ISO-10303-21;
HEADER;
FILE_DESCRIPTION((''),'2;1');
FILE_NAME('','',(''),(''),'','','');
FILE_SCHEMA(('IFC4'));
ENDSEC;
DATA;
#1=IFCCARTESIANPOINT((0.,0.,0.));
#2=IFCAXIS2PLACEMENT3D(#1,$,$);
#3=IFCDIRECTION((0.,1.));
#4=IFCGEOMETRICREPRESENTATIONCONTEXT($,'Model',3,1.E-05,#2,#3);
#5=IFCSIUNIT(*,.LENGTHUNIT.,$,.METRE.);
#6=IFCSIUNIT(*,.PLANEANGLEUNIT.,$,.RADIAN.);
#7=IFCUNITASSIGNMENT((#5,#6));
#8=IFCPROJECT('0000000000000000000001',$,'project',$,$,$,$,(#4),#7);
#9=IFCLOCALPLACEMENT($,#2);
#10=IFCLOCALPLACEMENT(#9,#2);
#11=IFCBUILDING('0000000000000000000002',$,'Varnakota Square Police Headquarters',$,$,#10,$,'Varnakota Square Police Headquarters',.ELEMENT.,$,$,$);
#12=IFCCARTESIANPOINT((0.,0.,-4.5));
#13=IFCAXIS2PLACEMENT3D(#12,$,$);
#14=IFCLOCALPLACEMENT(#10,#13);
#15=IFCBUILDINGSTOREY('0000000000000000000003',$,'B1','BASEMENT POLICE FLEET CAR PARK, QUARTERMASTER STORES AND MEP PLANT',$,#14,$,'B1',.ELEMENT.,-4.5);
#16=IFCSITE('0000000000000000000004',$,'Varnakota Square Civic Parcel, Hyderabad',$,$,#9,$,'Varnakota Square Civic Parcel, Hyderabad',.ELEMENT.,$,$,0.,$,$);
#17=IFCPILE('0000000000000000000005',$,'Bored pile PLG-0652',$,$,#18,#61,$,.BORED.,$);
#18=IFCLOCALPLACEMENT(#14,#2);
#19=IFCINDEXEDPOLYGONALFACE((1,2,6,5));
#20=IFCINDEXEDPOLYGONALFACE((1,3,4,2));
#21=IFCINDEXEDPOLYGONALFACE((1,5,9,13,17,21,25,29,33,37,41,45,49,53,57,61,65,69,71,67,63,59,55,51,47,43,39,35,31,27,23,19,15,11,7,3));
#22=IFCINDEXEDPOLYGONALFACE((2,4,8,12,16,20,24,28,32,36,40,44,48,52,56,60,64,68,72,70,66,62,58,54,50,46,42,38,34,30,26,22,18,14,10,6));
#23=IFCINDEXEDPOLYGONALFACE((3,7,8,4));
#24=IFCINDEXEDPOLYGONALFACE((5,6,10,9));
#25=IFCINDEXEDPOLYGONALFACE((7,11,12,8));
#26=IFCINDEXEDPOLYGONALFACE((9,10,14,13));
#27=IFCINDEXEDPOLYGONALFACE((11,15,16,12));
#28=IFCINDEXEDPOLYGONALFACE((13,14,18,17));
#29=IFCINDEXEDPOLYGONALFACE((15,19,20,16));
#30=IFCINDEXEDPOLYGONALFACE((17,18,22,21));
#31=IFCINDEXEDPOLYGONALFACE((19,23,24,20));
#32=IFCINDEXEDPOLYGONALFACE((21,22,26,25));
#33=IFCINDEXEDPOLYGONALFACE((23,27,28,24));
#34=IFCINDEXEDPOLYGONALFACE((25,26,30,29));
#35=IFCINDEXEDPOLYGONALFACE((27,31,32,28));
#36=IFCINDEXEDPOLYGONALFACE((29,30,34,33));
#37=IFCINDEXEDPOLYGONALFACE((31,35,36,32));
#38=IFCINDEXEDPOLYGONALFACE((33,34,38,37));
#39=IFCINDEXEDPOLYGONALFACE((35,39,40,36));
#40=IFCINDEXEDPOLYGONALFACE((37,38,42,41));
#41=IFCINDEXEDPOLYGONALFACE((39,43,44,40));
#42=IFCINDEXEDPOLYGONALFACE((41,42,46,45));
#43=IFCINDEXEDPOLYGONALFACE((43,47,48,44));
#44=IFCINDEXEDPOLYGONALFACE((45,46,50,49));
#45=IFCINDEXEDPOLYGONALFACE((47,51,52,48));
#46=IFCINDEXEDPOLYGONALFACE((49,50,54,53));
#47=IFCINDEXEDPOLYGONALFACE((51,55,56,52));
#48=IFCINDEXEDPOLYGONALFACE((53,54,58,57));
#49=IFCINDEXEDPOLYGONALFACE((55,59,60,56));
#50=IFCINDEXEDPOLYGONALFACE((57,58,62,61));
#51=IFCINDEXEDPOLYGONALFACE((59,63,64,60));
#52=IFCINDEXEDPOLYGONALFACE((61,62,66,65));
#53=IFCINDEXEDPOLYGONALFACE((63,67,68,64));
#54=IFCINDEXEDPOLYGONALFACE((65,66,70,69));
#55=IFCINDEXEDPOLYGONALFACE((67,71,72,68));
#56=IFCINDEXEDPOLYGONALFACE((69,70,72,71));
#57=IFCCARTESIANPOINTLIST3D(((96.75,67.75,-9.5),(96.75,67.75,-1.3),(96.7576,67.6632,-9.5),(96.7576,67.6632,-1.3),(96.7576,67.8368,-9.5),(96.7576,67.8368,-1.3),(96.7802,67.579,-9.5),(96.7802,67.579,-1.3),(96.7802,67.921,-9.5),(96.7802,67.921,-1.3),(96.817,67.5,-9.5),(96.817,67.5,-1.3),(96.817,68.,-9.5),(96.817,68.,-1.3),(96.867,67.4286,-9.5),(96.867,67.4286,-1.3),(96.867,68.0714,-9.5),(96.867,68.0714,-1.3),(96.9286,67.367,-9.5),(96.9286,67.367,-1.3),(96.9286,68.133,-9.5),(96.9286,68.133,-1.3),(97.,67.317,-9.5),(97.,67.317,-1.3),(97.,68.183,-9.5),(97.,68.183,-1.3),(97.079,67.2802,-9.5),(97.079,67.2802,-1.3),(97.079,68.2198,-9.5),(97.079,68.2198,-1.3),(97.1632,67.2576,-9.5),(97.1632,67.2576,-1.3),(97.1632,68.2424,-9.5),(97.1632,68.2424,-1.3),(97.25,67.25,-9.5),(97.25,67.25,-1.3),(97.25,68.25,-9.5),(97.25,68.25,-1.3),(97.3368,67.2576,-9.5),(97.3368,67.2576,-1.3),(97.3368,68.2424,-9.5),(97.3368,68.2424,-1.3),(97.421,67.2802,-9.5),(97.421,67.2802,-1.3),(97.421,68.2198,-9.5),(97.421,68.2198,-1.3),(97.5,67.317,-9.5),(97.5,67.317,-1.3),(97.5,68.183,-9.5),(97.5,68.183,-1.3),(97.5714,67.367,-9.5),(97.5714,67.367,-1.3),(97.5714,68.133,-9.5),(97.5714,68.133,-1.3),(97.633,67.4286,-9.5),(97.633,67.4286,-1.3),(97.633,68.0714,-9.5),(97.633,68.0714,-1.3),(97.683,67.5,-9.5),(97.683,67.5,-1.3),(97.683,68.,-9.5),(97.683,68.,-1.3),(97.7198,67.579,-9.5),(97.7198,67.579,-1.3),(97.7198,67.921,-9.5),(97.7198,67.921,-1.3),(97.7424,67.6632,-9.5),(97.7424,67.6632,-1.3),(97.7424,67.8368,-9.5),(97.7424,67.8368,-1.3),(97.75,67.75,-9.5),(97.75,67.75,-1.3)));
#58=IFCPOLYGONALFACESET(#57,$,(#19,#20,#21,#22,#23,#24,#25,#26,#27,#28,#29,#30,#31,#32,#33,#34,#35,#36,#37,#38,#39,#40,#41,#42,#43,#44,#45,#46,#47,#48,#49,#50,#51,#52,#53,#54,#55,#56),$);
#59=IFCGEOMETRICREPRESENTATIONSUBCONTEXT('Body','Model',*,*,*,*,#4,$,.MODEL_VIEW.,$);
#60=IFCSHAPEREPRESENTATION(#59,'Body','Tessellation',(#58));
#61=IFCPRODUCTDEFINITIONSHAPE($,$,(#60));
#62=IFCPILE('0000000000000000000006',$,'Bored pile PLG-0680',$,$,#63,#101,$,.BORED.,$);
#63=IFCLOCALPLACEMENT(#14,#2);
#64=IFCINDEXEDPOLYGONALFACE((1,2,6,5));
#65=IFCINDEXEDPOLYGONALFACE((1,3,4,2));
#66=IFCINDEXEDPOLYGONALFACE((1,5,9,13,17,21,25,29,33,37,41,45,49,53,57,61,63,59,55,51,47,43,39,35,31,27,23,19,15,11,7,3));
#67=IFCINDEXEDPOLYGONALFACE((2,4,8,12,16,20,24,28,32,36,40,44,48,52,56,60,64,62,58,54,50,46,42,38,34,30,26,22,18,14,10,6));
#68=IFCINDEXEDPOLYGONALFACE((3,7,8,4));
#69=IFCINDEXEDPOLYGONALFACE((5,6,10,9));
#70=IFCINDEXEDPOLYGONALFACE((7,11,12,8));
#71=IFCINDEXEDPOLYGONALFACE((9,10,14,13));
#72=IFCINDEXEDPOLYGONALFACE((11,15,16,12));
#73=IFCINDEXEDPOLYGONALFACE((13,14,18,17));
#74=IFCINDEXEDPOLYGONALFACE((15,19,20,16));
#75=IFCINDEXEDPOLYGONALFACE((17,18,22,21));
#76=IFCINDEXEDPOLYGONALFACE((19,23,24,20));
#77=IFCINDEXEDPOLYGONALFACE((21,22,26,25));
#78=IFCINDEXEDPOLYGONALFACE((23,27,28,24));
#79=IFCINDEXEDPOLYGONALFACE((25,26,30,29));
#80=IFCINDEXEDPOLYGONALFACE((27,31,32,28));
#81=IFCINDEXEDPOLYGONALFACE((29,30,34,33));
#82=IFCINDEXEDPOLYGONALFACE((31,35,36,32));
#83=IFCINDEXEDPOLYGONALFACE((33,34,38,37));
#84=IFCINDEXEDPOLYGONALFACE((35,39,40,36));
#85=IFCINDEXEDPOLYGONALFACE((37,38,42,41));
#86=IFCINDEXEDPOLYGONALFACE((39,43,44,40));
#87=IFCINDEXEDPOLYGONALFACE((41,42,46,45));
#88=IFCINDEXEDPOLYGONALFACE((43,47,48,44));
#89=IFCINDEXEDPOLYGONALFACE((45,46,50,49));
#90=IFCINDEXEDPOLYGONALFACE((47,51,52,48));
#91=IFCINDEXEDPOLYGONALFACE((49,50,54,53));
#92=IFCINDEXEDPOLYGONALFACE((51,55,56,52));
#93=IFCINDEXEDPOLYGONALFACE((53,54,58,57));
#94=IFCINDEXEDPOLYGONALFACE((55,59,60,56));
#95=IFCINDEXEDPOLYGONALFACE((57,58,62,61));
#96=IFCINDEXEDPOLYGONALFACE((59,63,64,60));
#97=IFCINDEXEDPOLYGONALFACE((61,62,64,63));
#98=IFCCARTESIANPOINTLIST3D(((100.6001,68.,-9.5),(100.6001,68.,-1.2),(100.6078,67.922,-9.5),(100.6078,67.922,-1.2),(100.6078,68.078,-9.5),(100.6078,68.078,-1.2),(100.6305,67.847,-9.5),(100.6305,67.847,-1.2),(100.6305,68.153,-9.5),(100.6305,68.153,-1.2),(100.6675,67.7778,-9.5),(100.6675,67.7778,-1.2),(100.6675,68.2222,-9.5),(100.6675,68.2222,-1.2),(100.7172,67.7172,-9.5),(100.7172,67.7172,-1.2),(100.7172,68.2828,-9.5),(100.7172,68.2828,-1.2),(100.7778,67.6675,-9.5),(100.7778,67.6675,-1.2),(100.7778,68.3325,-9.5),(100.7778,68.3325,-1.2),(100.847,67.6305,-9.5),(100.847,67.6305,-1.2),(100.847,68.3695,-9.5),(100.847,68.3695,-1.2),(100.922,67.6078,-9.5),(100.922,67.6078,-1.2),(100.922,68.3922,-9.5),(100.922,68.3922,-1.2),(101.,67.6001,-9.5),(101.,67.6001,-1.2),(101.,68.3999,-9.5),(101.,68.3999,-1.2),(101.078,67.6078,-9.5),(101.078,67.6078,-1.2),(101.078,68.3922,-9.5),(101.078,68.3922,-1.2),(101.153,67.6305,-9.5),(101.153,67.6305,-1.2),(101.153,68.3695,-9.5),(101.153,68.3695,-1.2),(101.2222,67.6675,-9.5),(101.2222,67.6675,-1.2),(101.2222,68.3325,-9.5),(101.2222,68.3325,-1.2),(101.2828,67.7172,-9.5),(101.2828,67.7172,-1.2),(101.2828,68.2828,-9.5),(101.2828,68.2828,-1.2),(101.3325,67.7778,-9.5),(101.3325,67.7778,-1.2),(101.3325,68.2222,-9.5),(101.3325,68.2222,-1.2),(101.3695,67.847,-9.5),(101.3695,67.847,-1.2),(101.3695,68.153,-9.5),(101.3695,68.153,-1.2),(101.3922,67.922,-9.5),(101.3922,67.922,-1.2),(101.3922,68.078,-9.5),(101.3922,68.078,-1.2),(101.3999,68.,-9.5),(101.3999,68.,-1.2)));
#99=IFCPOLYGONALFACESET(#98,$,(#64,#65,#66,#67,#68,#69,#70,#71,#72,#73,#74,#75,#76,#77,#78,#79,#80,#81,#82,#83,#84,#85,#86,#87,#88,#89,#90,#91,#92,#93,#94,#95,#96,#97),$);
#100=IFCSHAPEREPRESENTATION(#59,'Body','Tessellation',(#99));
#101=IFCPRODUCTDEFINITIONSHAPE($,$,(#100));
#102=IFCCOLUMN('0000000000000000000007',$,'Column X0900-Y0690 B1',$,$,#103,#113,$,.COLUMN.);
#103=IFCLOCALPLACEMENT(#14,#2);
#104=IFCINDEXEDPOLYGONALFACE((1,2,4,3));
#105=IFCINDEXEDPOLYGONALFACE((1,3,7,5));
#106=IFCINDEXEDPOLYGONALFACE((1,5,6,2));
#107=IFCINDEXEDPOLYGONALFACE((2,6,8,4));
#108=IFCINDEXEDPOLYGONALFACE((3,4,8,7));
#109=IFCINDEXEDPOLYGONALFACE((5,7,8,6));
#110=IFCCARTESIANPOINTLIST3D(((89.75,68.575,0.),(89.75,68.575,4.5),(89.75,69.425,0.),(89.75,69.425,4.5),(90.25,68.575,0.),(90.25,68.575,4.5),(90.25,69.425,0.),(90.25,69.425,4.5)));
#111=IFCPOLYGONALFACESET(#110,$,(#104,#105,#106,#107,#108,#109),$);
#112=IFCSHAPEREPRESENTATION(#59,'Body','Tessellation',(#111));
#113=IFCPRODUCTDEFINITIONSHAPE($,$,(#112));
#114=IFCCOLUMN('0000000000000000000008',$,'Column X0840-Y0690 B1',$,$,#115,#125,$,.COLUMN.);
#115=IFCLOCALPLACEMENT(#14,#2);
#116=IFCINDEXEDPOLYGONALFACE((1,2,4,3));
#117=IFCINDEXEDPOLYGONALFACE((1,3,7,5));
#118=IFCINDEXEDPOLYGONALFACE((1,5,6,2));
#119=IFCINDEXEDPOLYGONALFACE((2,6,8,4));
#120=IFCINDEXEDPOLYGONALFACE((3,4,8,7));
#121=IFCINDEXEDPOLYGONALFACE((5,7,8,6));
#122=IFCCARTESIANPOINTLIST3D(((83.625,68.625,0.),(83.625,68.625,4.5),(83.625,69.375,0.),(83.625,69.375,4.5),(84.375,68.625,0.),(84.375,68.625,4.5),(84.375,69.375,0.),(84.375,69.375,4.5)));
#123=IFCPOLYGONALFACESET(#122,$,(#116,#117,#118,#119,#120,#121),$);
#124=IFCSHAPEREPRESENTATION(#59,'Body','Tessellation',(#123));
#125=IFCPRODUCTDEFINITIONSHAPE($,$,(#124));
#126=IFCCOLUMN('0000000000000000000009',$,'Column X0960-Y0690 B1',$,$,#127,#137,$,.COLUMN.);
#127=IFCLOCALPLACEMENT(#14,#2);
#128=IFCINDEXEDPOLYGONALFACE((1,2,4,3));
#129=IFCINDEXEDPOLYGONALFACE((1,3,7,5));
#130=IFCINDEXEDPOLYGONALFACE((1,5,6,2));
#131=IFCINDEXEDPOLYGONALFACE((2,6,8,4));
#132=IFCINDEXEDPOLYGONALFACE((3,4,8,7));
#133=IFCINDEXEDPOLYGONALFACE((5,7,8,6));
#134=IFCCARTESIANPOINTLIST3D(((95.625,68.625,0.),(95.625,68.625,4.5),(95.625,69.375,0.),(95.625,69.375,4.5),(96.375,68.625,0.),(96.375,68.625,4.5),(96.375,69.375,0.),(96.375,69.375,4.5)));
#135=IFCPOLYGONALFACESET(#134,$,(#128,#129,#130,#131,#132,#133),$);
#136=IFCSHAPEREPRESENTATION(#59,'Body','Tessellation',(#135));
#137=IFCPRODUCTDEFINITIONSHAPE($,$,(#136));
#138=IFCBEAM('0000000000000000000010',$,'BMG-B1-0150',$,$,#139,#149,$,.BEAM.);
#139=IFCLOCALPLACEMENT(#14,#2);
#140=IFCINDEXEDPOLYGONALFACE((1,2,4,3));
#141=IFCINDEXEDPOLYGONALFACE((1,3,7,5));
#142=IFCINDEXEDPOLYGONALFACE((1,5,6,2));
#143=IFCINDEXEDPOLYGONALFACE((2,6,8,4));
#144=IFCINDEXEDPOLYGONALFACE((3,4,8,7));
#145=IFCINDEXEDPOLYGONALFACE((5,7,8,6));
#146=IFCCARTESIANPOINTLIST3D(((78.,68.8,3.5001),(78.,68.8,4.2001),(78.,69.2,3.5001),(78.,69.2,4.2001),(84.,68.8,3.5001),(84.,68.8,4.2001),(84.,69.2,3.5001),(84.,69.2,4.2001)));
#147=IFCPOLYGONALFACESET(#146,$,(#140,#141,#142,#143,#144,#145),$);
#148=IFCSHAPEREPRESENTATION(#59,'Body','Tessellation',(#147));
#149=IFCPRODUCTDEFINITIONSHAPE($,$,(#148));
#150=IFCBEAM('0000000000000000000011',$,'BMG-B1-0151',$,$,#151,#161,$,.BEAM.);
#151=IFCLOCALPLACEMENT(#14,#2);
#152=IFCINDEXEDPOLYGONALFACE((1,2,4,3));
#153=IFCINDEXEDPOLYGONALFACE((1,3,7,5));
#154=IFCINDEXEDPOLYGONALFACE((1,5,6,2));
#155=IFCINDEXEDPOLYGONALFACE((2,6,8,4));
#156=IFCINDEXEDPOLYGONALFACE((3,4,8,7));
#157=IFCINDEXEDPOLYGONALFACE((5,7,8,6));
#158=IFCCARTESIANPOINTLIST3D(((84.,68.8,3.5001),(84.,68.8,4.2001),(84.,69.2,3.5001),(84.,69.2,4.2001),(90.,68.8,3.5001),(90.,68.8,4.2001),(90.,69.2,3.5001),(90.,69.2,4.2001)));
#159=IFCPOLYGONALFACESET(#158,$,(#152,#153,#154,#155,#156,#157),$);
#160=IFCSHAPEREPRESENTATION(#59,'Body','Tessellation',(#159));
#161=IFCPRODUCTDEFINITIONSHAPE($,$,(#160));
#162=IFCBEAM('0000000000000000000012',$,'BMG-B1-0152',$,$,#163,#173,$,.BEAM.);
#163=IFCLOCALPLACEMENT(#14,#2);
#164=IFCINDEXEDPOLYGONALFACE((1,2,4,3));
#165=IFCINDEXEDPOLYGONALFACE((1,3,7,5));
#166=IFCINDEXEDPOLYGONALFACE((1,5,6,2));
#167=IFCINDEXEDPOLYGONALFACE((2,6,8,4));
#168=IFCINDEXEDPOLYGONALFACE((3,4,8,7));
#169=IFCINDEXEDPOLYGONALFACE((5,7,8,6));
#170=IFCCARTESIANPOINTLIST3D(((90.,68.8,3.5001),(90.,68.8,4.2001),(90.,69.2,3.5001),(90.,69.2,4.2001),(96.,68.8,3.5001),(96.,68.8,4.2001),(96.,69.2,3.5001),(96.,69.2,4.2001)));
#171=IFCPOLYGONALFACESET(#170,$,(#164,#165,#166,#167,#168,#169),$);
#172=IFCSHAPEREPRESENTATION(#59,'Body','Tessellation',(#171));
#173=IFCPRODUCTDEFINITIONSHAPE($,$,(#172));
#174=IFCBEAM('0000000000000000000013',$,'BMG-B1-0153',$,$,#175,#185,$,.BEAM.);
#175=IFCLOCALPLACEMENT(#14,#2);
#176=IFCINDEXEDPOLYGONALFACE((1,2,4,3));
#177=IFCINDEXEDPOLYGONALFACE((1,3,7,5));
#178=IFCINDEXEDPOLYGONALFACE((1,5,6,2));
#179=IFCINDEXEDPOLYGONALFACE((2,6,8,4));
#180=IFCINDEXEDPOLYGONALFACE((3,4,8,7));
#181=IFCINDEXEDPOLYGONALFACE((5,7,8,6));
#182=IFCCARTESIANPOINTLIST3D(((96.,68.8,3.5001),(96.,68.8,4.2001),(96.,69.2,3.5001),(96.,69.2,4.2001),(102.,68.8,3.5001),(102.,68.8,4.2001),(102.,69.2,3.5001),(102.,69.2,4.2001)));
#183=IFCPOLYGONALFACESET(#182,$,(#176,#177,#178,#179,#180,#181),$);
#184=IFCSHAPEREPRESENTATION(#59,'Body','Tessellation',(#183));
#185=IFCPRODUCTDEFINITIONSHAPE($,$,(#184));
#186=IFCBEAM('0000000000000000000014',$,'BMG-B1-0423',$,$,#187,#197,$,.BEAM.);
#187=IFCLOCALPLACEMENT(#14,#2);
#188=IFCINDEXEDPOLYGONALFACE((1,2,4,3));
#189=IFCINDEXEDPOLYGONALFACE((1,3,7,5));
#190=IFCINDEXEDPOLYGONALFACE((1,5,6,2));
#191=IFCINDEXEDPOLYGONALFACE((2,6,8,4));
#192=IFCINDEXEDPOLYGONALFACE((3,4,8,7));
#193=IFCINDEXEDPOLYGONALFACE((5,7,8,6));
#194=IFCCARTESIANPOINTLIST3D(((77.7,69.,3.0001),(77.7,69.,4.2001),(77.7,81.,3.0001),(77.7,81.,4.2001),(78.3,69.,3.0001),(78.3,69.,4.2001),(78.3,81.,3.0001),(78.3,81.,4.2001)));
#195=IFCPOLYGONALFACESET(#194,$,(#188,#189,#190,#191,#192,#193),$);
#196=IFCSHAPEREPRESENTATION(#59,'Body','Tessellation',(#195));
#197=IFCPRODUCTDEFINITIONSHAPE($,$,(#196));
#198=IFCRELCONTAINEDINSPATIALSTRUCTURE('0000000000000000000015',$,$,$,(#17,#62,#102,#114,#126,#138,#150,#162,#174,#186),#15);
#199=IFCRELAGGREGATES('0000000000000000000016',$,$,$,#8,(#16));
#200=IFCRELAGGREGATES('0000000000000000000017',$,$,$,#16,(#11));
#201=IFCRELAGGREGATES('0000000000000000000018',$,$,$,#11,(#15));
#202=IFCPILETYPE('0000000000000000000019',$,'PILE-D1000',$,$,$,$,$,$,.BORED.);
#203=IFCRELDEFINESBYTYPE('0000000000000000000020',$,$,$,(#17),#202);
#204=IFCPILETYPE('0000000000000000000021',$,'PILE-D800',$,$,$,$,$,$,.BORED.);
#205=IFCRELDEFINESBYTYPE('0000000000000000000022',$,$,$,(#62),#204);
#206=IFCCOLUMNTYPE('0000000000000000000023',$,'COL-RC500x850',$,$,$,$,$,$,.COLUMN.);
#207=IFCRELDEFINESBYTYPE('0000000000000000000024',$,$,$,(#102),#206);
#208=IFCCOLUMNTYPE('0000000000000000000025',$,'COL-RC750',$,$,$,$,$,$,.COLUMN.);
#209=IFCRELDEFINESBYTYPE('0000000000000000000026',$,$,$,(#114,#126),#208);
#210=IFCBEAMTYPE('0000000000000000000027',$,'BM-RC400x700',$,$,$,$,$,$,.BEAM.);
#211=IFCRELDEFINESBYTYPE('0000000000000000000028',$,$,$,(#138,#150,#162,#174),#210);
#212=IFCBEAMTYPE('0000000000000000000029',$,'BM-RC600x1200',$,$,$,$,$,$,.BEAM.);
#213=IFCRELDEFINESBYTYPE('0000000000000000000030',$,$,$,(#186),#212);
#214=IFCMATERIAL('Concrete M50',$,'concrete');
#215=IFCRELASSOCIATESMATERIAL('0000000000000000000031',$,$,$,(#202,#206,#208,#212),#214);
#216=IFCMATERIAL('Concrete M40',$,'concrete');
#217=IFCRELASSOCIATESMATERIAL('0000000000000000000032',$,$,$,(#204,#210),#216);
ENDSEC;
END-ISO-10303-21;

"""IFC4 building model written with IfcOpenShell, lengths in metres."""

from ifc_helpers import new_model, si_unit, direction, frame, origin, origin_2d, place, context, subcontext, project, spatial, rectangle, circle, extrude, material, material_profile, profile_set, type_object, element, save


model = new_model("IFC4")

# Units and contexts
model_context = context("Model", 3, precision=1e-05, world=origin(), true_north=direction((0.0, 1.0)))
body_context = subcontext(model_context, "Body", "Model", "MODEL_VIEW")
ifc_project = project(units=[si_unit("LENGTHUNIT", "METRE"), si_unit("PLANEANGLEUNIT", "RADIAN")], contexts=[model_context])

# Site, building, storey
site_placement = place(None, origin())
site = spatial("IfcSite", under=ifc_project, at=site_placement, Name="Varnakota Square Civic Parcel, Hyderabad", LongName="Varnakota Square Civic Parcel, Hyderabad", CompositionType="ELEMENT", RefElevation=0.0)
building_placement = place(site_placement, origin())
building = spatial("IfcBuilding", under=site, at=building_placement, Name="Varnakota Square Police Headquarters", LongName="Varnakota Square Police Headquarters", CompositionType="ELEMENT")
storey_placement = place(building_placement, frame((0.0, 0.0, -4.5)))
storey = spatial("IfcBuildingStorey", under=building, at=storey_placement, Name="B1", Description="BASEMENT POLICE FLEET CAR PARK, QUARTERMASTER STORES AND MEP PLANT", LongName="B1", CompositionType="ELEMENT", Elevation=-4.5)

# Shared definitions
ifc_material_1 = material(Name="Concrete M40", Category="concrete")
ifc_material_2 = material(Name="Concrete M50", Category="concrete")

# Piles
ifc_material_profile_1 = material_profile(ifc_material_2, circle(Radius=0.5, at=origin_2d()), Name="BORED PILE 1000")
ifc_profile_set_1 = profile_set([ifc_material_profile_1], Name="Concrete M50")
pile_type_1 = type_object("IfcPileType", Name="PILE-D1000", PredefinedType="BORED", material=ifc_profile_set_1)
for number, where, z_axis, x_axis, name in (
    (1, (97.25, 67.75, -1.3), (0.0, 0.0, -1.0), (1.0, 0.0, 0.0), "Bored pile PLG-0652"),
):
    element("IfcPile", number, at=place(storey_placement, frame(where, z_axis=z_axis, x_axis=x_axis)), inside=storey, type_object=pile_type_1, Name=name, PredefinedType="BORED", context=body_context, shape_type="SweptSolid", body=[
        extrude(circle(Radius=0.5, at=origin_2d()), origin(), (0.0, 0.0, 1.0), 8.2),
    ])
ifc_material_profile_2 = material_profile(ifc_material_1, circle(Radius=0.3999, at=origin_2d()), Name="BORED PILE 800")
ifc_profile_set_2 = profile_set([ifc_material_profile_2], Name="Concrete M40")
pile_type_2 = type_object("IfcPileType", Name="PILE-D800", PredefinedType="BORED", material=ifc_profile_set_2)
pile_placement = place(storey_placement, frame((101.0, 68.0, -1.2), z_axis=(0.0, 0.0, -1.0), x_axis=(1.0, 0.0, 0.0)))
element("IfcPile", 2, at=pile_placement, inside=storey, type_object=pile_type_2, Name="Bored pile PLG-0680", PredefinedType="BORED", context=body_context, shape_type="SweptSolid", body=[
    extrude(circle(Radius=0.3999, at=origin_2d()), origin(), (0.0, 0.0, 1.0), 8.3),
])

# Columns
ifc_material_profile_3 = material_profile(ifc_material_2, rectangle(XDim=0.5, YDim=0.8501, at=origin_2d()), Name="RC 500x850")
ifc_profile_set_3 = profile_set([ifc_material_profile_3], Name="Concrete M50")
column_type_1 = type_object("IfcColumnType", Name="COL-RC500x850", PredefinedType="COLUMN", material=ifc_profile_set_3)
column_placement = place(storey_placement, frame((90.0, 69.0, 0.0), z_axis=(0.0, 0.0, 1.0), x_axis=(1.0, 0.0, 0.0)))
element("IfcColumn", 3, at=column_placement, inside=storey, type_object=column_type_1, Name="Column X0900-Y0690 B1", PredefinedType="COLUMN", context=body_context, shape_type="SweptSolid", body=[
    extrude(rectangle(XDim=0.5, YDim=0.8501, at=origin_2d()), origin(), (0.0, 0.0, 1.0), 4.5),
])
ifc_material_profile_4 = material_profile(ifc_material_2, rectangle(XDim=0.75, YDim=0.75, at=origin_2d()), Name="RC 750x750")
ifc_profile_set_4 = profile_set([ifc_material_profile_4], Name="Concrete M50")
column_type_2 = type_object("IfcColumnType", Name="COL-RC750", PredefinedType="COLUMN", material=ifc_profile_set_4)
for number, where, z_axis, x_axis, name in (
    (4, (84.0, 69.0, 0.0), (0.0, 0.0, 1.0), (1.0, 0.0, 0.0), "Column X0840-Y0690 B1"),
    (5, (96.0, 69.0, 0.0), (0.0, 0.0, 1.0), (1.0, 0.0, 0.0), "Column X0960-Y0690 B1"),
):
    element("IfcColumn", number, at=place(storey_placement, frame(where, z_axis=z_axis, x_axis=x_axis)), inside=storey, type_object=column_type_2, Name=name, PredefinedType="COLUMN", context=body_context, shape_type="SweptSolid", body=[
        extrude(rectangle(XDim=0.75, YDim=0.75, at=origin_2d()), origin(), (0.0, 0.0, 1.0), 4.5),
    ])

# Beams
ifc_material_profile_5 = material_profile(ifc_material_1, rectangle(XDim=0.3999, YDim=0.7, at=origin_2d()), Name="RC 400x700")
ifc_profile_set_5 = profile_set([ifc_material_profile_5], Name="Concrete M40")
beam_type_1 = type_object("IfcBeamType", Name="BM-RC400x700", PredefinedType="BEAM", material=ifc_profile_set_5)
for number, where, z_axis, x_axis, name in (
    (6, (78.0, 69.0, 3.8501), (1.0, 0.0, 0.0), (0.0, 1.0, 0.0), "BMG-B1-0150"),
    (7, (84.0, 69.0, 3.8501), (1.0, 0.0, 0.0), (0.0, 1.0, 0.0), "BMG-B1-0151"),
    (8, (90.0, 69.0, 3.8501), (1.0, 0.0, 0.0), (0.0, 1.0, 0.0), "BMG-B1-0152"),
    (9, (96.0, 69.0, 3.8501), (1.0, 0.0, 0.0), (0.0, 1.0, 0.0), "BMG-B1-0153"),
):
    element("IfcBeam", number, at=place(storey_placement, frame(where, z_axis=z_axis, x_axis=x_axis)), inside=storey, type_object=beam_type_1, Name=name, PredefinedType="BEAM", context=body_context, shape_type="SweptSolid", body=[
        extrude(rectangle(XDim=0.3999, YDim=0.7, at=origin_2d()), origin(), (0.0, 0.0, 1.0), 6.0),
    ])
ifc_material_profile_6 = material_profile(ifc_material_2, rectangle(XDim=0.6001, YDim=1.2, at=origin_2d()), Name="RC 600x1200")
ifc_profile_set_6 = profile_set([ifc_material_profile_6], Name="Concrete M50")
beam_type_2 = type_object("IfcBeamType", Name="BM-RC600x1200", PredefinedType="BEAM", material=ifc_profile_set_6)
for number, where, z_axis, x_axis, name in (
    (10, (78.0, 69.0, 3.6001), (0.0, 1.0, 0.0), (-1.0, 0.0, 0.0), "BMG-B1-0423"),
):
    element("IfcBeam", number, at=place(storey_placement, frame(where, z_axis=z_axis, x_axis=x_axis)), inside=storey, type_object=beam_type_2, Name=name, PredefinedType="BEAM", context=body_context, shape_type="SweptSolid", body=[
        extrude(rectangle(XDim=0.6001, YDim=1.2, at=origin_2d()), origin(), (0.0, 0.0, 1.0), 12.0),
    ])

save(model, "model.ifc")
